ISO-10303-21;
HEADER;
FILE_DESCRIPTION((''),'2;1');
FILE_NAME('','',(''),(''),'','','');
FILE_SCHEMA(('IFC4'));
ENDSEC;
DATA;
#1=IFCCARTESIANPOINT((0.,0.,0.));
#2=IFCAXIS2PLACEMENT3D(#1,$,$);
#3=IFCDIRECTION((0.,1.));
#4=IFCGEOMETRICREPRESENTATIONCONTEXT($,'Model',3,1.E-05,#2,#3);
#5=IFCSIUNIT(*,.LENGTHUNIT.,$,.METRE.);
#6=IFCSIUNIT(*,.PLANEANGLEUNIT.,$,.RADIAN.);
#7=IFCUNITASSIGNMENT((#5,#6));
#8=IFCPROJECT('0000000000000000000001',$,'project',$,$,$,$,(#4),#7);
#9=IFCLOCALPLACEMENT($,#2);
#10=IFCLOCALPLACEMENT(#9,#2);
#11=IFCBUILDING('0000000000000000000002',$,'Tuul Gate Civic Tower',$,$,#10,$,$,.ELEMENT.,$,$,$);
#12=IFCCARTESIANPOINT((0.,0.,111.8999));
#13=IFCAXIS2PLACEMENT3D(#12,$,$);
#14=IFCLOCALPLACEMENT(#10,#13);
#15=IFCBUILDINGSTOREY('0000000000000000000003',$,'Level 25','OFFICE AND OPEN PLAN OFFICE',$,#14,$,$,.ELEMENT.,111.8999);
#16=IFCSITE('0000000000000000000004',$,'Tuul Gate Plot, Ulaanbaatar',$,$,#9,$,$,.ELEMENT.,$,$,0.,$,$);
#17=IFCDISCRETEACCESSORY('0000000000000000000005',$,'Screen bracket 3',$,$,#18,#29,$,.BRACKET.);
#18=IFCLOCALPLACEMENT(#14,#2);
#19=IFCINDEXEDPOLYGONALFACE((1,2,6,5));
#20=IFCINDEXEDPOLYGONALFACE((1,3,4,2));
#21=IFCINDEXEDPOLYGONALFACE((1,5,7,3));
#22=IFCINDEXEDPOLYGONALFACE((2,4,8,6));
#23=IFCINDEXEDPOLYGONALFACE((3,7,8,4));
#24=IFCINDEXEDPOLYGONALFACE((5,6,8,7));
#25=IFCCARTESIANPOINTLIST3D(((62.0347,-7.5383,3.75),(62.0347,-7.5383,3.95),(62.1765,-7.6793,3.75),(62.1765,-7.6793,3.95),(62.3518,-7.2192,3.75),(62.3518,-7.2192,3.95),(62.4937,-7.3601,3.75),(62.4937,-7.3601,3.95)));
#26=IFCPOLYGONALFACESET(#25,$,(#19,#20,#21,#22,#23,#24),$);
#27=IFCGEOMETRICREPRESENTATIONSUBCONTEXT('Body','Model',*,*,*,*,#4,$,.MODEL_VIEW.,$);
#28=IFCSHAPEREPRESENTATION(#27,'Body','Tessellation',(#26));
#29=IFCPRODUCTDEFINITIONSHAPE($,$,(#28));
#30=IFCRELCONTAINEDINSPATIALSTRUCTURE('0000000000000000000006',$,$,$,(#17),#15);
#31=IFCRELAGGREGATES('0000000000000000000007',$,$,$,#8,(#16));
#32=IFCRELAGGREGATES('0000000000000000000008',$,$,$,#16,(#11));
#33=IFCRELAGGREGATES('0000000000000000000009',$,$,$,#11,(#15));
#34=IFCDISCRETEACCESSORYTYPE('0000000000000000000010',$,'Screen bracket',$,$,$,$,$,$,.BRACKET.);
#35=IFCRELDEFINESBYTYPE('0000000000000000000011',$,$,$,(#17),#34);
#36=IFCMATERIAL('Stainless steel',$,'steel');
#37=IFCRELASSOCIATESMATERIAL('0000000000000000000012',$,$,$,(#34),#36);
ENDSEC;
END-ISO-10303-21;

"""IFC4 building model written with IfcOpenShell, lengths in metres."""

from ifc_helpers import new_model, si_unit, direction, frame, origin, origin_2d, place, context, subcontext, project, spatial, rectangle, extrude, material, type_object, element, save


model = new_model("IFC4")

# Units and contexts
model_context = context("Model", 3, precision=1e-05, world=origin(), true_north=direction((0.0, 1.0)))
body_context = subcontext(model_context, "Body", "Model", "MODEL_VIEW")
ifc_project = project(units=[si_unit("LENGTHUNIT", "METRE"), si_unit("PLANEANGLEUNIT", "RADIAN")], contexts=[model_context])

# Site, building, storey
site_placement = place(None, origin())
site = spatial("IfcSite", under=ifc_project, at=site_placement, Name="Tuul Gate Plot, Ulaanbaatar", CompositionType="ELEMENT", RefElevation=0.0)
building_placement = place(site_placement, origin())
building = spatial("IfcBuilding", under=site, at=building_placement, Name="Tuul Gate Civic Tower", CompositionType="ELEMENT")
storey_placement = place(building_placement, frame((0.0, 0.0, 111.8999)))
storey = spatial("IfcBuildingStorey", under=building, at=storey_placement, Name="Level 25", Description="OFFICE AND OPEN PLAN OFFICE", CompositionType="ELEMENT", Elevation=111.8999)

# Discrete accessory
ifc_material_1 = material(Name="Stainless steel", Category="steel")
discrete_accessory_type = type_object("IfcDiscreteAccessoryType", Name="Screen bracket", PredefinedType="BRACKET", material=ifc_material_1)
discrete_accessory_placement = place(storey_placement, frame((62.2642, -7.4492, 3.75), z_axis=(0.0, 0.0, 1.0), x_axis=(0.704913, 0.709294, 0.0)))
element("IfcDiscreteAccessory", 1, at=discrete_accessory_placement, inside=storey, type_object=discrete_accessory_type, Name="Screen bracket 3", PredefinedType="BRACKET", context=body_context, shape_type="SweptSolid", body=[
    extrude(rectangle(XDim=0.45, YDim=0.2, at=origin_2d()), origin(), (0.0, 0.0, 1.0), 0.2),
])

save(model, "model.ifc")
